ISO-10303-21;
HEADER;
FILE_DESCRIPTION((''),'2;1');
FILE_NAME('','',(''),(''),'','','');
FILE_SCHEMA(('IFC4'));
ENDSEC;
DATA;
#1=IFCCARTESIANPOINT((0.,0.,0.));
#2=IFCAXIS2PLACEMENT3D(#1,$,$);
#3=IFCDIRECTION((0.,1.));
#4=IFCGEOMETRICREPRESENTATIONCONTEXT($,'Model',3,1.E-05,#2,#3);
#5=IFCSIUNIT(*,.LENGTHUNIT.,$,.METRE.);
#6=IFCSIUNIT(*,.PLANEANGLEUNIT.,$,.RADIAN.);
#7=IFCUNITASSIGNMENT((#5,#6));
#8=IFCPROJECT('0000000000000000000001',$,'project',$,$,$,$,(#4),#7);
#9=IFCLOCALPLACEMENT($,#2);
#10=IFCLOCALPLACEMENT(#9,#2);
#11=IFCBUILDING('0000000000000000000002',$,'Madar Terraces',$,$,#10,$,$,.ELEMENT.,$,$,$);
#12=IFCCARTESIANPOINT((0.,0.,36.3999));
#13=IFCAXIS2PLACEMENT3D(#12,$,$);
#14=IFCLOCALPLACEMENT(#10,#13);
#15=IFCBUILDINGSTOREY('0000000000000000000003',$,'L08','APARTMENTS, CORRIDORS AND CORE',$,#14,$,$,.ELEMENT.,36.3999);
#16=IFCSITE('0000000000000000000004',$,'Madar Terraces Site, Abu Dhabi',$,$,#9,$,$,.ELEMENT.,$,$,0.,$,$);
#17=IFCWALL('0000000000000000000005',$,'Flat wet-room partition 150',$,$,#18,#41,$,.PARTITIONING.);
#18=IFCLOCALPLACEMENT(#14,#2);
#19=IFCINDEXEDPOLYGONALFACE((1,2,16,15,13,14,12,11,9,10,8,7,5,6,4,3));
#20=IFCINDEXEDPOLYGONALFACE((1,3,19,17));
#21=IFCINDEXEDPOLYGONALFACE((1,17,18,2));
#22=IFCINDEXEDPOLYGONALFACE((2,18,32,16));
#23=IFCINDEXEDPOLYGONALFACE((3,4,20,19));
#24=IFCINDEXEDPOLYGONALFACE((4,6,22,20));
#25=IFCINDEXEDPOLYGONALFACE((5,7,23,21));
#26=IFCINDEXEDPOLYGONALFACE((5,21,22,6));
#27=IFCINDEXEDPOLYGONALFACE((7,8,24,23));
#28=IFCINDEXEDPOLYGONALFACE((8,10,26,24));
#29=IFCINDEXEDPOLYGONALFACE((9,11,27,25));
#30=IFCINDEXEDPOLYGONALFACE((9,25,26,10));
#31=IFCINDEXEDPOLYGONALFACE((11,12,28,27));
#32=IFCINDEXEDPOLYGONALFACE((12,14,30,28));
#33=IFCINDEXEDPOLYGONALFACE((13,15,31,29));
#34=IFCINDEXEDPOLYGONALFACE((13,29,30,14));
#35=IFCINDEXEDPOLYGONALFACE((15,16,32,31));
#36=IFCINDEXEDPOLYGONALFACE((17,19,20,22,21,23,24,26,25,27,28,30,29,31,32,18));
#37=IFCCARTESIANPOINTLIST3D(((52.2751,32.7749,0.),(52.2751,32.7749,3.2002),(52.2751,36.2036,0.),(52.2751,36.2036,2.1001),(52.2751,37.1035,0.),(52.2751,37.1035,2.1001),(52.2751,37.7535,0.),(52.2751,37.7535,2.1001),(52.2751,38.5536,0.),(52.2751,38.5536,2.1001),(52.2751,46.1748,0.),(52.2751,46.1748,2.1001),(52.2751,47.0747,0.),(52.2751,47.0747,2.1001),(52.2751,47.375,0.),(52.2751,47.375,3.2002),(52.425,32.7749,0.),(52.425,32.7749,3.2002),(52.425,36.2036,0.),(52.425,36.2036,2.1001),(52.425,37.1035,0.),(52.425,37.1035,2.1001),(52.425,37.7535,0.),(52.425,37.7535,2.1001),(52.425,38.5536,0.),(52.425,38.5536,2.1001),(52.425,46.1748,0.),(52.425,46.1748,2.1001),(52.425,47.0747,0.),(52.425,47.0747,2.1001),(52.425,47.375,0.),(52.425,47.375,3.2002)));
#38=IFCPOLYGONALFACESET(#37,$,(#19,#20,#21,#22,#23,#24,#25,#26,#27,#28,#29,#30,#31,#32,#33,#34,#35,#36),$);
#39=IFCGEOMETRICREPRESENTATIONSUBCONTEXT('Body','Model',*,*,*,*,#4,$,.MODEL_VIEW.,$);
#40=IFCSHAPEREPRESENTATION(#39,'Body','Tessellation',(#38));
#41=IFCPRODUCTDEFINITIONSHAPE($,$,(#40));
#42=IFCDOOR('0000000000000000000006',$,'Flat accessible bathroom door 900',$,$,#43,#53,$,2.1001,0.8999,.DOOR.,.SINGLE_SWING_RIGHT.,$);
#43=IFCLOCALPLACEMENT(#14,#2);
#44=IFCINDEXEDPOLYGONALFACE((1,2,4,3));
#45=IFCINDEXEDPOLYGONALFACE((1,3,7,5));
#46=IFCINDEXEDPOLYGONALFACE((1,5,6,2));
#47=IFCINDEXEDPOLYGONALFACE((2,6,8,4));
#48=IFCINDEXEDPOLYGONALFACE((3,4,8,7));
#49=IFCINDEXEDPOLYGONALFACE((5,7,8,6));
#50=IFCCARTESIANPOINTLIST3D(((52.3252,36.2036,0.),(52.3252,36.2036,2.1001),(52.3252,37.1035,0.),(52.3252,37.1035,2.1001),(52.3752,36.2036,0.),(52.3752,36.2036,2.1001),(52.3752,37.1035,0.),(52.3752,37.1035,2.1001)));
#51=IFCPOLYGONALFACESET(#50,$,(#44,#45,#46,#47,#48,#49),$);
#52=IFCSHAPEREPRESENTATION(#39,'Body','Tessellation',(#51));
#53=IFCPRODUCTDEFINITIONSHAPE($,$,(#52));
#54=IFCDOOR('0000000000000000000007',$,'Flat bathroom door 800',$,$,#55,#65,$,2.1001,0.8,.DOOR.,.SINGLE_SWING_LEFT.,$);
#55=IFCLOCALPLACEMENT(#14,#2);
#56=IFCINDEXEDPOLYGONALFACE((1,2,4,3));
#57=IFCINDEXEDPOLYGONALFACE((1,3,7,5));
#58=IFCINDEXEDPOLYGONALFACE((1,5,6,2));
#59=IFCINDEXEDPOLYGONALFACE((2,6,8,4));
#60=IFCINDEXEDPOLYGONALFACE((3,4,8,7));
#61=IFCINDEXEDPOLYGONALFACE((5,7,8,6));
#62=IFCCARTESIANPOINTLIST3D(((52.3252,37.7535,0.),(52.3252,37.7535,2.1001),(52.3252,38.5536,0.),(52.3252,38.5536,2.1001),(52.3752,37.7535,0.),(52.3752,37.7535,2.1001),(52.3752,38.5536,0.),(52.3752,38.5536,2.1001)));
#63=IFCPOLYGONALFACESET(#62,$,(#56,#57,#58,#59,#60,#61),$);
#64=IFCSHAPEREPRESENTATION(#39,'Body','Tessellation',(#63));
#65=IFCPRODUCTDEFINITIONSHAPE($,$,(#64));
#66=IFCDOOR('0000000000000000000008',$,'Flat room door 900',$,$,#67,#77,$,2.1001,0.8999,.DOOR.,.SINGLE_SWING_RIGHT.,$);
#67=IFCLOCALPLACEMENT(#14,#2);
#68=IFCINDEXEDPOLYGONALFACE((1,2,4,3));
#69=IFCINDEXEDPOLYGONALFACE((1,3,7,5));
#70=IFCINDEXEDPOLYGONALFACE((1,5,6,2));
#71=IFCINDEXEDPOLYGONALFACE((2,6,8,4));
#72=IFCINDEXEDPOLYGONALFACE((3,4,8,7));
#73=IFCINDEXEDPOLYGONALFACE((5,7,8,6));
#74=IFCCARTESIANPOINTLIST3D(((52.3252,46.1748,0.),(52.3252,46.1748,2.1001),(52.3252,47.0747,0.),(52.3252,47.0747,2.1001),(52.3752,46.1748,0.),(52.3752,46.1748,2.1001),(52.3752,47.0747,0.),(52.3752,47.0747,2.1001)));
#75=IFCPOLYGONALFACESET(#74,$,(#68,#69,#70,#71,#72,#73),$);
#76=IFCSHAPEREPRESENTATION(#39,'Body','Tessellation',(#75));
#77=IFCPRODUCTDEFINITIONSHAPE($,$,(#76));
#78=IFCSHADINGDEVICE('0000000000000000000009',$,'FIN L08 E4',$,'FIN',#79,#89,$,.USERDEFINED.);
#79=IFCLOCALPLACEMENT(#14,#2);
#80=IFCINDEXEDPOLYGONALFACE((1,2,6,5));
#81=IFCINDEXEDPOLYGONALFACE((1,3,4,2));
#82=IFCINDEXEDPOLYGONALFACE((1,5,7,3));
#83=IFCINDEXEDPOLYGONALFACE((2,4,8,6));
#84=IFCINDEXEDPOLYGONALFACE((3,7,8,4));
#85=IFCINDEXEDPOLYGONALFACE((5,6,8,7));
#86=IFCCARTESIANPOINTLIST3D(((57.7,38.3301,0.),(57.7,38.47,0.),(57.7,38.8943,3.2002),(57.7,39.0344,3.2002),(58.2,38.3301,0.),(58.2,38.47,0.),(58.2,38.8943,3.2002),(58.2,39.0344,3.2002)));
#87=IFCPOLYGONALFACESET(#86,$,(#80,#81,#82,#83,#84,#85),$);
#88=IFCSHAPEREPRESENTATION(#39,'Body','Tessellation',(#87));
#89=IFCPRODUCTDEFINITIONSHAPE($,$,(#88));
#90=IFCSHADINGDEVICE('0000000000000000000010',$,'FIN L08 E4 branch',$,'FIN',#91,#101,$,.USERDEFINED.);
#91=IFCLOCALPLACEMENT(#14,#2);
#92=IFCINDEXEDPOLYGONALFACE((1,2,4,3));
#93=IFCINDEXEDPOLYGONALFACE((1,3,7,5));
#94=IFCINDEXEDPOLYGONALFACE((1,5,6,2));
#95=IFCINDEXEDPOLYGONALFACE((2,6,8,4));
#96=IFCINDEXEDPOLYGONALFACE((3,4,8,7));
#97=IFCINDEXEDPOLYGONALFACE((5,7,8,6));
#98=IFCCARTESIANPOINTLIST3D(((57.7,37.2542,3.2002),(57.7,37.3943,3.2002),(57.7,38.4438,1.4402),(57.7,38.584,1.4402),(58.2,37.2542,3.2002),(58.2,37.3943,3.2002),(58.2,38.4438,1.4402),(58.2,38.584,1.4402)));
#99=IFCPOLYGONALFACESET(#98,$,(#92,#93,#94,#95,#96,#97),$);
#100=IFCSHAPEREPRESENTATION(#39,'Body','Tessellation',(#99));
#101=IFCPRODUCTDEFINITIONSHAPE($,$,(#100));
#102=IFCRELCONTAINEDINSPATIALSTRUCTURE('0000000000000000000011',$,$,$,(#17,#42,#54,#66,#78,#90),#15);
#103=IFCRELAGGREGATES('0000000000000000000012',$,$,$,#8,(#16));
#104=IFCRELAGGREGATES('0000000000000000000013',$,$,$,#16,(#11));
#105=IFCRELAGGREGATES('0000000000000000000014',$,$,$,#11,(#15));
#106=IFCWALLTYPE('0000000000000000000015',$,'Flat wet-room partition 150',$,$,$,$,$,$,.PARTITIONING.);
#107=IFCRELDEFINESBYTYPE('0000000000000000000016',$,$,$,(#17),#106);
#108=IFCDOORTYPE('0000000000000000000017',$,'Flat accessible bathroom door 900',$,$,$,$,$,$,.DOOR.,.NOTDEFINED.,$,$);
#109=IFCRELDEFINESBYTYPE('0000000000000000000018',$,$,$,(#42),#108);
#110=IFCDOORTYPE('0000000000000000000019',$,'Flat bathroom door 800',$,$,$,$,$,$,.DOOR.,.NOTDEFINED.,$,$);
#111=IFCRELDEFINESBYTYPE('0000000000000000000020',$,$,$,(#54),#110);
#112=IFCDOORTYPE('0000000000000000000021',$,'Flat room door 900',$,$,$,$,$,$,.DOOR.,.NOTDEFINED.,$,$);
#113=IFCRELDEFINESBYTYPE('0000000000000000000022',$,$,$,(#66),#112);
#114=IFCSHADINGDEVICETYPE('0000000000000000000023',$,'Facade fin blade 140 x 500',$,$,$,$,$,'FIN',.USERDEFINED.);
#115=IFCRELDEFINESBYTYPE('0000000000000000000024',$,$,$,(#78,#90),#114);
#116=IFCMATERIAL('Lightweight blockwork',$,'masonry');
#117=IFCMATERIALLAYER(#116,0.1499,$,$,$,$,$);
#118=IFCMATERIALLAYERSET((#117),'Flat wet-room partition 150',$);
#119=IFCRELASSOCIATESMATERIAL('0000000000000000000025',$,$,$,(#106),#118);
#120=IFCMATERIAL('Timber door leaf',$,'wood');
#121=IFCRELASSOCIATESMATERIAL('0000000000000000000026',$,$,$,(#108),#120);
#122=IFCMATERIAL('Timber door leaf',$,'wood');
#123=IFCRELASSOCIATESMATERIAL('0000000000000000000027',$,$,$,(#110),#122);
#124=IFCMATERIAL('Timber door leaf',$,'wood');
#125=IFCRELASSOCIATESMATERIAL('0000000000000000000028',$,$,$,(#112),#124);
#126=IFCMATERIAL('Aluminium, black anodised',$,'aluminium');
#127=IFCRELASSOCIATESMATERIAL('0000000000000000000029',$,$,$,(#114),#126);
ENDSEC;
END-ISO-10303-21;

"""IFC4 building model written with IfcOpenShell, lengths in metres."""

from ifc_helpers import new_model, si_unit, direction, frame, frame_2d, origin, place, context, subcontext, project, spatial, polyline, rectangle, outline, extrude, material, layer, layer_set, type_object, element, fill, save


model = new_model("IFC4")

# Units and contexts
model_context = context("Model", 3, precision=1e-05, world=origin(), true_north=direction((0.0, 1.0)))
body_context = subcontext(model_context, "Body", "Model", "MODEL_VIEW")
ifc_project = project(units=[si_unit("LENGTHUNIT", "METRE"), si_unit("PLANEANGLEUNIT", "RADIAN")], contexts=[model_context])

# Site, building, storey
site_placement = place(None, origin())
site = spatial("IfcSite", under=ifc_project, at=site_placement, Name="Madar Terraces Site, Abu Dhabi", CompositionType="ELEMENT", RefElevation=0.0)
building_placement = place(site_placement, origin())
building = spatial("IfcBuilding", under=site, at=building_placement, Name="Madar Terraces", CompositionType="ELEMENT")
storey_placement = place(building_placement, frame((0.0, 0.0, 36.3999)))
storey = spatial("IfcBuildingStorey", under=building, at=storey_placement, Name="L08", Description="APARTMENTS, CORRIDORS AND CORE", CompositionType="ELEMENT", Elevation=36.3999)

# Shared definitions
ifc_material_1 = material(Name="Lightweight blockwork", Category="masonry")
ifc_layer_1 = layer(ifc_material_1, 0.1499)
ifc_layer_set_1 = layer_set([ifc_layer_1], Name="Flat wet-room partition 150")
wall_type_1 = type_object("IfcWallType", Name="Flat wet-room partition 150", PredefinedType="PARTITIONING", material=ifc_layer_set_1)

# Wall, openings, doors
wall_1_placement = place(storey_placement, frame((52.3501, 32.7749, 0.0), z_axis=(0.0, 0.0, 1.0), x_axis=(0.0, 1.0, 0.0)))
wall_1 = element("IfcWall", 1, at=wall_1_placement, inside=storey, type_object=wall_type_1, Name="Flat wet-room partition 150", PredefinedType="PARTITIONING", context=body_context, shape_type="SweptSolid", body=[
    extrude(rectangle(XDim=14.6001, YDim=0.1499, at=frame_2d((7.3, 0.0))), origin(), (0.0, 0.0, 1.0), 3.2002),
])
opening_1_placement = place(wall_1_placement, frame((3.4287, 0.0, 0.0)))
opening_1 = element("IfcOpeningElement", 2, at=opening_1_placement, cuts=wall_1, PredefinedType="OPENING", context=body_context, shape_type="SweptSolid", body=[
    extrude(rectangle(XDim=0.8999, YDim=2.1001, at=frame_2d((0.45, 1.05))), frame((0.0, 0.085, 0.0), z_axis=(0.0, -1.0, 0.0), x_axis=(1.0, 0.0, 0.0)), (0.0, 0.0, 1.0), 0.1699),
])
opening_2_placement = place(wall_1_placement, frame((4.9788, 0.0, 0.0)))
opening_2 = element("IfcOpeningElement", 3, at=opening_2_placement, cuts=wall_1, PredefinedType="OPENING", context=body_context, shape_type="SweptSolid", body=[
    extrude(rectangle(XDim=0.8, YDim=2.1001, at=frame_2d((0.3999, 1.05))), frame((0.0, 0.085, 0.0), z_axis=(0.0, -1.0, 0.0), x_axis=(1.0, 0.0, 0.0)), (0.0, 0.0, 1.0), 0.1699),
])
opening_3_placement = place(wall_1_placement, frame((13.3999, 0.0, 0.0)))
opening_3 = element("IfcOpeningElement", 4, at=opening_3_placement, cuts=wall_1, PredefinedType="OPENING", context=body_context, shape_type="SweptSolid", body=[
    extrude(rectangle(XDim=0.8999, YDim=2.1001, at=frame_2d((0.45, 1.05))), frame((0.0, 0.085, 0.0), z_axis=(0.0, -1.0, 0.0), x_axis=(1.0, 0.0, 0.0)), (0.0, 0.0, 1.0), 0.1699),
])
ifc_material_2 = material(Name="Timber door leaf", Category="wood")
door_type_1 = type_object("IfcDoorType", Name="Flat accessible bathroom door 900", OperationType="NOTDEFINED", PredefinedType="DOOR", material=ifc_material_2)
door_1_placement = place(opening_1_placement, origin())
door_1 = element("IfcDoor", 5, at=door_1_placement, inside=storey, type_object=door_type_1, Name="Flat accessible bathroom door 900", OperationType="SINGLE_SWING_RIGHT", OverallHeight=2.1001, OverallWidth=0.8999, PredefinedType="DOOR", context=body_context, shape_type="SweptSolid", body=[
    extrude(rectangle(XDim=0.8999, YDim=2.1001, at=frame_2d((0.45, 1.05))), frame((0.0, 0.0249, 0.0), z_axis=(0.0, -1.0, 0.0), x_axis=(1.0, 0.0, 0.0)), (0.0, 0.0, 1.0), 0.05),
])
fill(opening_1, door_1)
ifc_material_3 = material(Name="Timber door leaf", Category="wood")
door_type_2 = type_object("IfcDoorType", Name="Flat bathroom door 800", OperationType="NOTDEFINED", PredefinedType="DOOR", material=ifc_material_3)
door_2_placement = place(opening_2_placement, origin())
door_2 = element("IfcDoor", 6, at=door_2_placement, inside=storey, type_object=door_type_2, Name="Flat bathroom door 800", OperationType="SINGLE_SWING_LEFT", OverallHeight=2.1001, OverallWidth=0.8, PredefinedType="DOOR", context=body_context, shape_type="SweptSolid", body=[
    extrude(rectangle(XDim=0.8, YDim=2.1001, at=frame_2d((0.3999, 1.05))), frame((0.0, 0.0249, 0.0), z_axis=(0.0, -1.0, 0.0), x_axis=(1.0, 0.0, 0.0)), (0.0, 0.0, 1.0), 0.05),
])
fill(opening_2, door_2)
ifc_material_4 = material(Name="Timber door leaf", Category="wood")
door_type_3 = type_object("IfcDoorType", Name="Flat room door 900", OperationType="NOTDEFINED", PredefinedType="DOOR", material=ifc_material_4)
door_3_placement = place(opening_3_placement, origin())
door_3 = element("IfcDoor", 7, at=door_3_placement, inside=storey, type_object=door_type_3, Name="Flat room door 900", OperationType="SINGLE_SWING_RIGHT", OverallHeight=2.1001, OverallWidth=0.8999, PredefinedType="DOOR", context=body_context, shape_type="SweptSolid", body=[
    extrude(rectangle(XDim=0.8999, YDim=2.1001, at=frame_2d((0.45, 1.05))), frame((0.0, 0.0249, 0.0), z_axis=(0.0, -1.0, 0.0), x_axis=(1.0, 0.0, 0.0)), (0.0, 0.0, 1.0), 0.05),
])
fill(opening_3, door_3)

# Shading devices
ifc_material_5 = material(Name="Aluminium, black anodised", Category="aluminium")
shading_device_type = type_object("IfcShadingDeviceType", Name="Facade fin blade 140 x 500", ElementType="FIN", PredefinedType="USERDEFINED", material=ifc_material_5)
shading_device_1_placement = place(storey_placement, frame((57.95, 38.3301, 0.0), z_axis=(0.0, 0.0, 1.0), x_axis=(0.0, 1.0, 0.0)))
element("IfcShadingDevice", 8, at=shading_device_1_placement, inside=storey, type_object=shading_device_type, Name="FIN L08 E4", ObjectType="FIN", PredefinedType="USERDEFINED", context=body_context, shape_type="SweptSolid", body=[
    extrude(outline(polyline([(0.0, 0.0), (0.1399, 0.0), (0.7043, 3.2002), (0.5642, 3.2002), (0.0, 0.0)])), frame((0.0, 0.25, 0.0), z_axis=(0.0, -1.0, 0.0), x_axis=(1.0, 0.0, 0.0)), (0.0, 0.0, 1.0), 0.5),
])
shading_device_2_placement = place(storey_placement, frame((57.95, 38.4438, 1.4402), z_axis=(0.0, 0.0, 1.0), x_axis=(0.0, 1.0, 0.0)))
element("IfcShadingDevice", 9, at=shading_device_2_placement, inside=storey, type_object=shading_device_type, Name="FIN L08 E4 branch", ObjectType="FIN", PredefinedType="USERDEFINED", context=body_context, shape_type="SweptSolid", body=[
    extrude(outline(polyline([(0.0, 0.0), (0.1401, 0.0), (-1.0496, 1.76), (-1.1897, 1.76), (0.0, 0.0)])), frame((0.0, 0.25, 0.0), z_axis=(0.0, -1.0, 0.0), x_axis=(1.0, 0.0, 0.0)), (0.0, 0.0, 1.0), 0.5),
])

save(model, "model.ifc")
